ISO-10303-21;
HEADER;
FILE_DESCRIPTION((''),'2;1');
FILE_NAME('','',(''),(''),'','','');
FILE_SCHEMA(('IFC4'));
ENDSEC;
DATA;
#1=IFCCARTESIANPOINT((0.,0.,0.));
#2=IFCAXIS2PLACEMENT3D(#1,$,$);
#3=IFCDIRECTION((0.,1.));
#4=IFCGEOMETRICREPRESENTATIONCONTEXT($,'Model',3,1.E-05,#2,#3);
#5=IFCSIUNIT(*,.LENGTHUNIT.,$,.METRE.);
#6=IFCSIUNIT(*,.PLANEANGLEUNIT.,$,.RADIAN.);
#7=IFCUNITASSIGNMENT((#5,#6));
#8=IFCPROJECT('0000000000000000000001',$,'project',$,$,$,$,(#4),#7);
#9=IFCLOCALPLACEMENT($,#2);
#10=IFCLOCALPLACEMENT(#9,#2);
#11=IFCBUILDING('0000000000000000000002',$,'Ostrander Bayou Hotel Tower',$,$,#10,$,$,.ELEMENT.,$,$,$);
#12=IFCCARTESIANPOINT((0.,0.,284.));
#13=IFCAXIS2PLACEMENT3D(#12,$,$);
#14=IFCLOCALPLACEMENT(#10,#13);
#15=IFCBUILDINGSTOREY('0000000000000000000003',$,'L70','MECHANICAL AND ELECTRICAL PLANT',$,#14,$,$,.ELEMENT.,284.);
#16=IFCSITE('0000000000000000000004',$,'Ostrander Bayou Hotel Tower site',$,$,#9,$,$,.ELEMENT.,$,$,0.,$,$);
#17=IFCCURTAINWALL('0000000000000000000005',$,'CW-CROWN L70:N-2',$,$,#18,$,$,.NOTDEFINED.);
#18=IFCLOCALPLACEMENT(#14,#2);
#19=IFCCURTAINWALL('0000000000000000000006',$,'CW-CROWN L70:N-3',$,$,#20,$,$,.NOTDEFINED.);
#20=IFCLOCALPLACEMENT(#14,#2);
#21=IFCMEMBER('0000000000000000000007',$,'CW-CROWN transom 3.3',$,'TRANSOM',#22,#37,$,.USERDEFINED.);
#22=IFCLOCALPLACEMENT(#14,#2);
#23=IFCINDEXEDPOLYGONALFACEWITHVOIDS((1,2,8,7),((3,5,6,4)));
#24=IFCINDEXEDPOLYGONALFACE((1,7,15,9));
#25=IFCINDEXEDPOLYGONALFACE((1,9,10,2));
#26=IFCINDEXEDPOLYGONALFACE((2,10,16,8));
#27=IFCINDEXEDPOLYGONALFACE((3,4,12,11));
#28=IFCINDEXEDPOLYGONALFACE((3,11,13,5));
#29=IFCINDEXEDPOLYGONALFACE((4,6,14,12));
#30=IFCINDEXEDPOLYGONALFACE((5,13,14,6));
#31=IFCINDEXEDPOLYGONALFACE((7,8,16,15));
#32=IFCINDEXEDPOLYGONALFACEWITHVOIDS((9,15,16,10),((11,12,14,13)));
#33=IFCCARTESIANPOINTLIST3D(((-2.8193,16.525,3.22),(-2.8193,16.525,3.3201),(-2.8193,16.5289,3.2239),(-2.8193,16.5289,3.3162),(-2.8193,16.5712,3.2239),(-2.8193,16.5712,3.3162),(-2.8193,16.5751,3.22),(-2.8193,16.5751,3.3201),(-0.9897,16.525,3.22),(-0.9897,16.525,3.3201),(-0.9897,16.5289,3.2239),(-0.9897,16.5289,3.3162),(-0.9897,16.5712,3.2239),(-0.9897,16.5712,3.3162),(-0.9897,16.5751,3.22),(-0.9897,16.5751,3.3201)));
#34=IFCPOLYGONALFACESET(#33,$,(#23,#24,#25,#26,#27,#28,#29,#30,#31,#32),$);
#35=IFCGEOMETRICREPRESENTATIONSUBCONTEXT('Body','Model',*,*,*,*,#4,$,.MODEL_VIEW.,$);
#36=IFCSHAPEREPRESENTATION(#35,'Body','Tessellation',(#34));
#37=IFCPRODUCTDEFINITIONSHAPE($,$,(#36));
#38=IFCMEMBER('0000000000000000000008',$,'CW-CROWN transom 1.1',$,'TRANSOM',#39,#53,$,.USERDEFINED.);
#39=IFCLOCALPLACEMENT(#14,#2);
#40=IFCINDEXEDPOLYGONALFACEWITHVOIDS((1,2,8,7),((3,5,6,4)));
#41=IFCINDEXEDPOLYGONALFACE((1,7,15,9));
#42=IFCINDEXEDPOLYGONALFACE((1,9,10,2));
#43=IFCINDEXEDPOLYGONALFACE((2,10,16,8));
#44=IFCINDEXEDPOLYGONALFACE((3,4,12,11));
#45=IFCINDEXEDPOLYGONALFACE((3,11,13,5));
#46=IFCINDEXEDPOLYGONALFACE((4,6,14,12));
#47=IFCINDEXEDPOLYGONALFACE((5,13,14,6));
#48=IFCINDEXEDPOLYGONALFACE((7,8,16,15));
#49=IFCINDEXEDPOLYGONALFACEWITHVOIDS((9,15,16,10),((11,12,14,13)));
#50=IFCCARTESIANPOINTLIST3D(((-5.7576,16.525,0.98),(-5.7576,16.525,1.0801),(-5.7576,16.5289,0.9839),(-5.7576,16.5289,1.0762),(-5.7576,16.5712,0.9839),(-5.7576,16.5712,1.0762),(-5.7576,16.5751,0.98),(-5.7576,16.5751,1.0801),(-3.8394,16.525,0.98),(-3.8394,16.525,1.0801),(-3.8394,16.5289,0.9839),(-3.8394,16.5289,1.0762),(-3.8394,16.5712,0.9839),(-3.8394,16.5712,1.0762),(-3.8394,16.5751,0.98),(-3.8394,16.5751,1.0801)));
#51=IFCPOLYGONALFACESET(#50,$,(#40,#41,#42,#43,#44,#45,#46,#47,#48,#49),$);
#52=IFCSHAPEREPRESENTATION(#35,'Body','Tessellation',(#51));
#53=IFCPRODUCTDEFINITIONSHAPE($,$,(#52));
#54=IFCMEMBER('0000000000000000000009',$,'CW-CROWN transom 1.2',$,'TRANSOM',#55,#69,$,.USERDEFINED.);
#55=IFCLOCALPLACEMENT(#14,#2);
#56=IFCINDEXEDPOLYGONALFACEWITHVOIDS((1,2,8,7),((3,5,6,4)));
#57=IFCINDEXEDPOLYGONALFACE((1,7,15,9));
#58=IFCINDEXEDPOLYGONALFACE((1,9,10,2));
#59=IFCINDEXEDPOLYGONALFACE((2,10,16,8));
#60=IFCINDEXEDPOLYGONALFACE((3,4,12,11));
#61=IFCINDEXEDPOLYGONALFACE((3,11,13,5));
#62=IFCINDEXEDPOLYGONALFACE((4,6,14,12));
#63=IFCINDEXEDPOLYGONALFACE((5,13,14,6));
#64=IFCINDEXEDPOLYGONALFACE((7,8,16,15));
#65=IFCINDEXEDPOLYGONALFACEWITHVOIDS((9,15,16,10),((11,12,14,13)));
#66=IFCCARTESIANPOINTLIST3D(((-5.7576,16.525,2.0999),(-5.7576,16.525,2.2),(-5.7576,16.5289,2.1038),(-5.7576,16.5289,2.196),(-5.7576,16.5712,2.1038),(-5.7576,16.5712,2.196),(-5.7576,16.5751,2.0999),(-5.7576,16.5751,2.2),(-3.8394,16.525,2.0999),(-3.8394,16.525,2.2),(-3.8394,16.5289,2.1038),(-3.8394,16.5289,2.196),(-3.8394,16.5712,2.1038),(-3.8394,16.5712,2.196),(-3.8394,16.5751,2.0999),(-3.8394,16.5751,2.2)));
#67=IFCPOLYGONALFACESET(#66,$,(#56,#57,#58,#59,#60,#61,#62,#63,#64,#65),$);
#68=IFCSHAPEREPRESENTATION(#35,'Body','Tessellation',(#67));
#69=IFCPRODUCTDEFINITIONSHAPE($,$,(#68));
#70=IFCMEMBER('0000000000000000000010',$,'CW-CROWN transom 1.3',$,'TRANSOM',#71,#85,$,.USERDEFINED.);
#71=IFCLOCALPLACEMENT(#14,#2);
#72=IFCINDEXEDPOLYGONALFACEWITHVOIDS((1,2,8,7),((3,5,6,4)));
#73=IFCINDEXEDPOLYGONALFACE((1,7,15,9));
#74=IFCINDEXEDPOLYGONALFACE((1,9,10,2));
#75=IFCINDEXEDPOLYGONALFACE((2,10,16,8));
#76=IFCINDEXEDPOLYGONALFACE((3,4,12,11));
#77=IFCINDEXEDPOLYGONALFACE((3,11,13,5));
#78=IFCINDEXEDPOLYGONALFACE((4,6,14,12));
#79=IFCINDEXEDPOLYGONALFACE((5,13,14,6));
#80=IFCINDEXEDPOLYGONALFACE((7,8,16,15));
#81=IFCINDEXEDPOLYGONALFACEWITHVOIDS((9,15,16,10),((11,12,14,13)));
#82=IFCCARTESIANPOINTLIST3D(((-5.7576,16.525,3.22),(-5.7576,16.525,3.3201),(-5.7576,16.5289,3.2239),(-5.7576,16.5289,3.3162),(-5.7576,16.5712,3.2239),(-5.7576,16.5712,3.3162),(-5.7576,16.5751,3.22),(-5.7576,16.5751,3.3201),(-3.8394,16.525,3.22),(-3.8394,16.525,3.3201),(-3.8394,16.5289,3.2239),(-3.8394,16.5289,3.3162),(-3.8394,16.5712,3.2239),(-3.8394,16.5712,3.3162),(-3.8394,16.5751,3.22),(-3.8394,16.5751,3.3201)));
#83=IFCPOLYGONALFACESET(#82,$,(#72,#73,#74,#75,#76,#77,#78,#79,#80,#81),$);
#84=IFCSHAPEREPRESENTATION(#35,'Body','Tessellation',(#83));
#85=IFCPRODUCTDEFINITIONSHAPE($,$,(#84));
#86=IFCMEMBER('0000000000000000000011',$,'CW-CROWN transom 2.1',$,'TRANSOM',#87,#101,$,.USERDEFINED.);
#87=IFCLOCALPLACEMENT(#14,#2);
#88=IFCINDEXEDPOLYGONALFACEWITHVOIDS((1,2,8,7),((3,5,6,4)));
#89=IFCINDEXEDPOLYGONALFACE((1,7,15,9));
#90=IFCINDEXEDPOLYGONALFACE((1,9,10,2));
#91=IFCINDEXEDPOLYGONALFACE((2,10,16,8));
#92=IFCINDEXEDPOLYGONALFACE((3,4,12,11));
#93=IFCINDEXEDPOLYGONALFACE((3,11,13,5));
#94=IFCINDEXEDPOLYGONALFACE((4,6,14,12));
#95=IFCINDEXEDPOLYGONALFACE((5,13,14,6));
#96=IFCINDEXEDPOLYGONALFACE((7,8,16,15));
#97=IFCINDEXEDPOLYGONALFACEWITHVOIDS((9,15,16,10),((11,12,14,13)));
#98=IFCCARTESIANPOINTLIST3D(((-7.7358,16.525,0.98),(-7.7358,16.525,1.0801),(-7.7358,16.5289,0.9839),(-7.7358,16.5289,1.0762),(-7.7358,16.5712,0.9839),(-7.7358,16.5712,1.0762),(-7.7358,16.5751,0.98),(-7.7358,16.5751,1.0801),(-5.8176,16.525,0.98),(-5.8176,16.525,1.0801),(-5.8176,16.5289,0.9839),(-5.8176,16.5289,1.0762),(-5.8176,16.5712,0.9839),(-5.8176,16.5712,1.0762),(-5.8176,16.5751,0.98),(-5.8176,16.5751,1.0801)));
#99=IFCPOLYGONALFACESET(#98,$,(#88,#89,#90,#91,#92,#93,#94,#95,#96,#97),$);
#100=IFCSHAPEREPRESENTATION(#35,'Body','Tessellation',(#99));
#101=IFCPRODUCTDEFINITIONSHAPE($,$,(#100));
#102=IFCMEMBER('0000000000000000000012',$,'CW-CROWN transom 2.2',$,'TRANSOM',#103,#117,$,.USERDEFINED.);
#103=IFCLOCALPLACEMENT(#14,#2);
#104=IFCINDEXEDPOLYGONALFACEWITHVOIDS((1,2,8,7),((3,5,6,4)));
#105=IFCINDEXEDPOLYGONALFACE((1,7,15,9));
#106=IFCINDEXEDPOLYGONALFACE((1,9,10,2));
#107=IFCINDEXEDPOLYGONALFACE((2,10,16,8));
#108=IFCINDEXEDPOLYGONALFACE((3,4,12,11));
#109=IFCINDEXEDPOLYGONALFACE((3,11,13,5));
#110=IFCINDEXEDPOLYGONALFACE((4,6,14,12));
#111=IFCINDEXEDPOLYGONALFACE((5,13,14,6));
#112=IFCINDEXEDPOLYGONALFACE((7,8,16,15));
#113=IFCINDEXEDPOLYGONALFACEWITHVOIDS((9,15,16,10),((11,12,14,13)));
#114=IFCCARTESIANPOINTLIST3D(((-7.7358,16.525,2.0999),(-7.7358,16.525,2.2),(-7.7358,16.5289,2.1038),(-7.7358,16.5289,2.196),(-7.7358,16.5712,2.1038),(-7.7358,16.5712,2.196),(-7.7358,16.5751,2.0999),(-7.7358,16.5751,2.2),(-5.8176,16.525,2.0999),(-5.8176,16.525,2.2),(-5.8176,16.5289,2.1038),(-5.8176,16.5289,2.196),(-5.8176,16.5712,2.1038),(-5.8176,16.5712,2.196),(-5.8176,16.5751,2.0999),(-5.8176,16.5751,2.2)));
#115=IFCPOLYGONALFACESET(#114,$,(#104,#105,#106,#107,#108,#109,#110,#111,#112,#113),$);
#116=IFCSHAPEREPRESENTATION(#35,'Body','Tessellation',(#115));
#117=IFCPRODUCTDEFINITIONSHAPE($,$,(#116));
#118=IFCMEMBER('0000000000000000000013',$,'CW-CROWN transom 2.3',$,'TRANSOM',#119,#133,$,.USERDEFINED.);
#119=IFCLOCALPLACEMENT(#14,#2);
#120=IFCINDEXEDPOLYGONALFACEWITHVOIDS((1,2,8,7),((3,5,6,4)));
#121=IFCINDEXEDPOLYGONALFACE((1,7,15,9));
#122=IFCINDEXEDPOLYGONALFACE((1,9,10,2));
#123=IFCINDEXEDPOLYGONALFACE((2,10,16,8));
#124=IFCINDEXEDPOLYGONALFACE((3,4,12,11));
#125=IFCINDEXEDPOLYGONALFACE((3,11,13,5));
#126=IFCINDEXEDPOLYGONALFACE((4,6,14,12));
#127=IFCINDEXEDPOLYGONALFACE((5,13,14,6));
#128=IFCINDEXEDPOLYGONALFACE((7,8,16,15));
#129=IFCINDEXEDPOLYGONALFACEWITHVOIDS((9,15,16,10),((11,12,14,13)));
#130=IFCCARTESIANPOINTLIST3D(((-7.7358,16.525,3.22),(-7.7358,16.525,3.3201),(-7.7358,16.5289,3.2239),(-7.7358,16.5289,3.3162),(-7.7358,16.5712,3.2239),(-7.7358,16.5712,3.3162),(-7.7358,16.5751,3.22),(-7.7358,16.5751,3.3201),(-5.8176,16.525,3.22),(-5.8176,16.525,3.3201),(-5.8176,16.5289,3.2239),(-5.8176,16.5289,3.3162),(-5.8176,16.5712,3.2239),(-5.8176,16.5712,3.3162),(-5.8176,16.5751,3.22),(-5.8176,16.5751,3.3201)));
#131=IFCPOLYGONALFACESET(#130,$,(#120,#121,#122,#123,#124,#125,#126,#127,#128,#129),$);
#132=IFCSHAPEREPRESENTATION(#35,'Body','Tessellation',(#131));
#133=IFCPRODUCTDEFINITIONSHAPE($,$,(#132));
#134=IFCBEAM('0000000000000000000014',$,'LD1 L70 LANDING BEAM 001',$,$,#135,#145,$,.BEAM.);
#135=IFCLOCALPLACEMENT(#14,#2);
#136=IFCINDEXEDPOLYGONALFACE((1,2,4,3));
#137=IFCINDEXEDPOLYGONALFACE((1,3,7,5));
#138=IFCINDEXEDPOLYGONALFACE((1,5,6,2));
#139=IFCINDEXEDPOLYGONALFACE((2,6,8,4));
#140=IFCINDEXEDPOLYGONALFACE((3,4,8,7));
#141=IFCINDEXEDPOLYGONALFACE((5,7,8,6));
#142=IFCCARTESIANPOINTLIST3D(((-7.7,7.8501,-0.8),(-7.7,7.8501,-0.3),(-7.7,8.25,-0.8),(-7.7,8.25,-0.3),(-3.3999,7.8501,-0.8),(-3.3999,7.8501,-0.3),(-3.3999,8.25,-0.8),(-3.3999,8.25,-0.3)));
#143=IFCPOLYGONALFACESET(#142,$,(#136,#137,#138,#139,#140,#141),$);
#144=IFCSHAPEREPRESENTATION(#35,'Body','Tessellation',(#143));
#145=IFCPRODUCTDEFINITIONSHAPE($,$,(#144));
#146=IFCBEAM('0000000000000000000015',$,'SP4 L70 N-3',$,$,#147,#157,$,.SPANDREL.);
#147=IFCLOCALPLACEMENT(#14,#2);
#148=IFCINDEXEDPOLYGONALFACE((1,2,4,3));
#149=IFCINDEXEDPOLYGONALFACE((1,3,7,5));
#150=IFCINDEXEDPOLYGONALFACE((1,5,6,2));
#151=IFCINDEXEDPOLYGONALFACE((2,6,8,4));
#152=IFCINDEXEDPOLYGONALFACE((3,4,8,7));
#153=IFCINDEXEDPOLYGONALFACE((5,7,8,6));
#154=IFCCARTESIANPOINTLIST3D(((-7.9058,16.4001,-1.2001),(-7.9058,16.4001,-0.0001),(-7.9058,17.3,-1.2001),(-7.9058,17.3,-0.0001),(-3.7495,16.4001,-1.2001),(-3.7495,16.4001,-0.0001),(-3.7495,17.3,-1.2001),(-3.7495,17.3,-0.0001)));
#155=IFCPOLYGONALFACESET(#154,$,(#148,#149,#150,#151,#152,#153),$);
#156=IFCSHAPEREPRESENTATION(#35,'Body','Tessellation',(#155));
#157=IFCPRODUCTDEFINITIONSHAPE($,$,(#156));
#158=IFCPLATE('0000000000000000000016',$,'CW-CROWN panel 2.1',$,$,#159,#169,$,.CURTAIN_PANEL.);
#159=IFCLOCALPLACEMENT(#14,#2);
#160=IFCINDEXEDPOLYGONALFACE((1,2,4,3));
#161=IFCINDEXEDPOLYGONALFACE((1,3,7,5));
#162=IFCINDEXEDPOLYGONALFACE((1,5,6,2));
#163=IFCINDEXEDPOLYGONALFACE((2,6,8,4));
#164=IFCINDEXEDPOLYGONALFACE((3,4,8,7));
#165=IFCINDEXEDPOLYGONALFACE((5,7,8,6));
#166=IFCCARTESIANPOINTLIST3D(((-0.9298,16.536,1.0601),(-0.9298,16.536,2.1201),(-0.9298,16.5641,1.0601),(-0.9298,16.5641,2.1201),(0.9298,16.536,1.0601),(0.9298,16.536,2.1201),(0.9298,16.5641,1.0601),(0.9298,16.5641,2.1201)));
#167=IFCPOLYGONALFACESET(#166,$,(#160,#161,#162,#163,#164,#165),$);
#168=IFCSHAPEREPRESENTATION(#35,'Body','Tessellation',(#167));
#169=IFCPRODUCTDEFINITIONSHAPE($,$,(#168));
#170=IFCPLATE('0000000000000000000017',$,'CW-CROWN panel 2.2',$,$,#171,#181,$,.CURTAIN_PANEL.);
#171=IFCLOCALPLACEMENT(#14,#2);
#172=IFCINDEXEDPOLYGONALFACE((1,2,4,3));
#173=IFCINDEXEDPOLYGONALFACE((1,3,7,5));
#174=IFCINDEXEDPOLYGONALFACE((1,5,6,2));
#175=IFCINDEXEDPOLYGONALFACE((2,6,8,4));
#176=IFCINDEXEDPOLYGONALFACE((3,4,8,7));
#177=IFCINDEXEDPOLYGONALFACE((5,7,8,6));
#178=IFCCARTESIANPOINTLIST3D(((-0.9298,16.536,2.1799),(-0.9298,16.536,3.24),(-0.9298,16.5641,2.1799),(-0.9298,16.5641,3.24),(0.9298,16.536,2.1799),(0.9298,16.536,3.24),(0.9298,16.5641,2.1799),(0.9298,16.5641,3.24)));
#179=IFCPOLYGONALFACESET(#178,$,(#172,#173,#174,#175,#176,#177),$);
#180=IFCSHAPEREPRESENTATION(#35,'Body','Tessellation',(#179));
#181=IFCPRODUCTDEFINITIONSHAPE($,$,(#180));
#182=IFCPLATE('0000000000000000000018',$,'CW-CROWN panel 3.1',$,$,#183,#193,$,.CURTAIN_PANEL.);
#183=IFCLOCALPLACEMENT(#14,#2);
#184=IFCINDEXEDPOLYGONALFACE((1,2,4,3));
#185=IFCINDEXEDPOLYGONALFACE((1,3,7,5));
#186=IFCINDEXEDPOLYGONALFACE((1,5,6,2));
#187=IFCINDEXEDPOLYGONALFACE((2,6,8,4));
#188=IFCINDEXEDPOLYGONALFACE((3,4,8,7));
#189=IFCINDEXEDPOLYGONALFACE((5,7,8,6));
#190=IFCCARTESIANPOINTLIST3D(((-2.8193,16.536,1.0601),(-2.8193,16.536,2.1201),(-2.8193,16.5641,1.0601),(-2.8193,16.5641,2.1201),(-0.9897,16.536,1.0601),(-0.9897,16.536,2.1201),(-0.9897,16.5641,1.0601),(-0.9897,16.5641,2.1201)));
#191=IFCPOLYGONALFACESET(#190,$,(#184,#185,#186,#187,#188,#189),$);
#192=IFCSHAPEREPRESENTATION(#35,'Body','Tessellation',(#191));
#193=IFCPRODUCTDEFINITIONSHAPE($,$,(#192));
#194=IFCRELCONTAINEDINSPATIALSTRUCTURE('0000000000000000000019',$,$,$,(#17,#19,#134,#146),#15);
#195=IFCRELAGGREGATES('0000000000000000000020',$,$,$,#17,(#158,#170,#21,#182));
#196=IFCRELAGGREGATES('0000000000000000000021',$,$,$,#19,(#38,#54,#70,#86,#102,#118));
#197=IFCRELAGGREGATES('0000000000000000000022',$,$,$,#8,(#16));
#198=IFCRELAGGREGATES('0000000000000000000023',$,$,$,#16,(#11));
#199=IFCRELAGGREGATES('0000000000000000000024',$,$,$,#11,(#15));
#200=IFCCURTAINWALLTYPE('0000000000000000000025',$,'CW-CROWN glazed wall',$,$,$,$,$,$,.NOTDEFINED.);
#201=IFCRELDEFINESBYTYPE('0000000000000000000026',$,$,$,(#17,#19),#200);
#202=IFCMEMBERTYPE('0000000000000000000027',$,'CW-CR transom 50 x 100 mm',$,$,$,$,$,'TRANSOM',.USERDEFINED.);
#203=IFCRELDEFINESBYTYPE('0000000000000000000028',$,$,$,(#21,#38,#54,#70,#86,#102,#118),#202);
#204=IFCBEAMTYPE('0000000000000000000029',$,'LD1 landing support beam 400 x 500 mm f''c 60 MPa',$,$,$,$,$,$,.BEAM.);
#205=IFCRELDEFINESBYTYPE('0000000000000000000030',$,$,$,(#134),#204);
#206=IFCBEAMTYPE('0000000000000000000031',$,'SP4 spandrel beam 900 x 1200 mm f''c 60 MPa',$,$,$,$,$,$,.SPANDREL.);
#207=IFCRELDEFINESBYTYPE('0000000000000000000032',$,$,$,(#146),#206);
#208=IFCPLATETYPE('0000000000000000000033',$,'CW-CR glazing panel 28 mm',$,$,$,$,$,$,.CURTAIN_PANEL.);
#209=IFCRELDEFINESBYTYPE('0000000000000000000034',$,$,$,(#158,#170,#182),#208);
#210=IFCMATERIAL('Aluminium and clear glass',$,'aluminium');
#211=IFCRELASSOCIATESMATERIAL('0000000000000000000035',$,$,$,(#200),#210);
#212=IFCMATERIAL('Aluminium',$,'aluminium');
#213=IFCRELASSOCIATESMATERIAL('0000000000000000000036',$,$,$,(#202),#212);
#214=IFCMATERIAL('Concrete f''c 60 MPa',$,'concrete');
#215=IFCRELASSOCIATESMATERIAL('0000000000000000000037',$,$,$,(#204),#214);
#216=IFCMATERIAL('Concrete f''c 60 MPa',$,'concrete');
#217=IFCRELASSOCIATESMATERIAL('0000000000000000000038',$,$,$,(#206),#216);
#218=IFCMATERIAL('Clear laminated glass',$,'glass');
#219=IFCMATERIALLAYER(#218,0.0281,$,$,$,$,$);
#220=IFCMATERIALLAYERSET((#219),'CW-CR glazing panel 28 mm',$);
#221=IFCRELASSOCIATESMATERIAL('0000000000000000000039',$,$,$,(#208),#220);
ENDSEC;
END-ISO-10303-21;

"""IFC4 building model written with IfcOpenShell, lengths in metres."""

from ifc_helpers import new_model, si_unit, direction, frame, origin, origin_2d, place, context, subcontext, project, spatial, rectangle, hollow_rectangle, extrude, material, layer, layer_set, material_profile, profile_set, type_object, element, aggregate, save


model = new_model("IFC4")

# Units and contexts
model_context = context("Model", 3, precision=1e-05, world=origin(), true_north=direction((0.0, 1.0)))
body_context = subcontext(model_context, "Body", "Model", "MODEL_VIEW")
ifc_project = project(units=[si_unit("LENGTHUNIT", "METRE"), si_unit("PLANEANGLEUNIT", "RADIAN")], contexts=[model_context])

# Site, building, storey
site_placement = place(None, origin())
site = spatial("IfcSite", under=ifc_project, at=site_placement, Name="Ostrander Bayou Hotel Tower site", CompositionType="ELEMENT", RefElevation=0.0)
building_placement = place(site_placement, origin())
building = spatial("IfcBuilding", under=site, at=building_placement, Name="Ostrander Bayou Hotel Tower", CompositionType="ELEMENT")
storey_placement = place(building_placement, frame((0.0, 0.0, 284.0)))
storey = spatial("IfcBuildingStorey", under=building, at=storey_placement, Name="L70", Description="MECHANICAL AND ELECTRICAL PLANT", CompositionType="ELEMENT", Elevation=284.0)

# Curtain walls
ifc_material_1 = material(Name="Aluminium and clear glass", Category="aluminium")
curtain_wall_type = type_object("IfcCurtainWallType", Name="CW-CROWN glazed wall", PredefinedType="NOTDEFINED", material=ifc_material_1)
curtain_wall_1_placement = place(storey_placement, origin())
curtain_wall_1 = element("IfcCurtainWall", 1, at=curtain_wall_1_placement, inside=storey, type_object=curtain_wall_type, Name="CW-CROWN L70:N-2", PredefinedType="NOTDEFINED")
curtain_wall_2_placement = place(storey_placement, origin())
curtain_wall_2 = element("IfcCurtainWall", 2, at=curtain_wall_2_placement, inside=storey, type_object=curtain_wall_type, Name="CW-CROWN L70:N-3", PredefinedType="NOTDEFINED")

# Members
ifc_material_2 = material(Name="Aluminium", Category="aluminium")
ifc_material_profile_1 = material_profile(ifc_material_2, hollow_rectangle(XDim=0.05, YDim=0.1001, WallThickness=0.0039, at=origin_2d()))
ifc_profile_set_1 = profile_set([ifc_material_profile_1], Name="Aluminium")
member_type_1 = type_object("IfcMemberType", Name="CW-CR transom 50 x 100 mm", ElementType="TRANSOM", PredefinedType="USERDEFINED", material=ifc_profile_set_1)
member_1_placement = place(storey_placement, frame((-0.9897, 16.55, 3.27), z_axis=(-1.0, 0.0, 0.0), x_axis=(0.0, -1.0, 0.0)))
member_1 = element("IfcMember", 3, at=member_1_placement, type_object=member_type_1, Name="CW-CROWN transom 3.3", ObjectType="TRANSOM", PredefinedType="USERDEFINED", context=body_context, shape_type="SweptSolid", body=[
    extrude(hollow_rectangle(XDim=0.05, YDim=0.1001, WallThickness=0.0039, at=origin_2d()), origin(), (0.0, 0.0, 1.0), 1.8296),
])
member_2_placement = place(storey_placement, frame((-3.8394, 16.55, 1.03), z_axis=(-1.0, 0.0, 0.0), x_axis=(0.0, -1.0, 0.0)))
member_2 = element("IfcMember", 4, at=member_2_placement, type_object=member_type_1, Name="CW-CROWN transom 1.1", ObjectType="TRANSOM", PredefinedType="USERDEFINED", context=body_context, shape_type="SweptSolid", body=[
    extrude(hollow_rectangle(XDim=0.05, YDim=0.1001, WallThickness=0.0039, at=origin_2d()), origin(), (0.0, 0.0, 1.0), 1.9182),
])
member_3_placement = place(storey_placement, frame((-3.8394, 16.55, 2.1499), z_axis=(-1.0, 0.0, 0.0), x_axis=(0.0, -1.0, 0.0)))
member_3 = element("IfcMember", 5, at=member_3_placement, type_object=member_type_1, Name="CW-CROWN transom 1.2", ObjectType="TRANSOM", PredefinedType="USERDEFINED", context=body_context, shape_type="SweptSolid", body=[
    extrude(hollow_rectangle(XDim=0.05, YDim=0.1001, WallThickness=0.0039, at=origin_2d()), origin(), (0.0, 0.0, 1.0), 1.9182),
])
member_4_placement = place(storey_placement, frame((-3.8394, 16.55, 3.27), z_axis=(-1.0, 0.0, 0.0), x_axis=(0.0, -1.0, 0.0)))
member_4 = element("IfcMember", 6, at=member_4_placement, type_object=member_type_1, Name="CW-CROWN transom 1.3", ObjectType="TRANSOM", PredefinedType="USERDEFINED", context=body_context, shape_type="SweptSolid", body=[
    extrude(hollow_rectangle(XDim=0.05, YDim=0.1001, WallThickness=0.0039, at=origin_2d()), origin(), (0.0, 0.0, 1.0), 1.9182),
])
member_5_placement = place(storey_placement, frame((-5.8176, 16.55, 1.03), z_axis=(-1.0, 0.0, 0.0), x_axis=(0.0, -1.0, 0.0)))
member_5 = element("IfcMember", 7, at=member_5_placement, type_object=member_type_1, Name="CW-CROWN transom 2.1", ObjectType="TRANSOM", PredefinedType="USERDEFINED", context=body_context, shape_type="SweptSolid", body=[
    extrude(hollow_rectangle(XDim=0.05, YDim=0.1001, WallThickness=0.0039, at=origin_2d()), origin(), (0.0, 0.0, 1.0), 1.9182),
])
member_6_placement = place(storey_placement, frame((-5.8176, 16.55, 2.1499), z_axis=(-1.0, 0.0, 0.0), x_axis=(0.0, -1.0, 0.0)))
member_6 = element("IfcMember", 8, at=member_6_placement, type_object=member_type_1, Name="CW-CROWN transom 2.2", ObjectType="TRANSOM", PredefinedType="USERDEFINED", context=body_context, shape_type="SweptSolid", body=[
    extrude(hollow_rectangle(XDim=0.05, YDim=0.1001, WallThickness=0.0039, at=origin_2d()), origin(), (0.0, 0.0, 1.0), 1.9182),
])
member_7_placement = place(storey_placement, frame((-5.8176, 16.55, 3.27), z_axis=(-1.0, 0.0, 0.0), x_axis=(0.0, -1.0, 0.0)))
member_7 = element("IfcMember", 9, at=member_7_placement, type_object=member_type_1, Name="CW-CROWN transom 2.3", ObjectType="TRANSOM", PredefinedType="USERDEFINED", context=body_context, shape_type="SweptSolid", body=[
    extrude(hollow_rectangle(XDim=0.05, YDim=0.1001, WallThickness=0.0039, at=origin_2d()), origin(), (0.0, 0.0, 1.0), 1.9182),
])

# Beams
ifc_material_3 = material(Name="Concrete f'c 60 MPa", Category="concrete")
ifc_material_profile_2 = material_profile(ifc_material_3, rectangle(XDim=0.3999, YDim=0.5, at=origin_2d()))
ifc_profile_set_2 = profile_set([ifc_material_profile_2], Name="Concrete f'c 60 MPa")
beam_type_1 = type_object("IfcBeamType", Name="LD1 landing support beam 400 x 500 mm f'c 60 MPa", PredefinedType="BEAM", material=ifc_profile_set_2)
beam_1_placement = place(storey_placement, frame((-7.7, 8.05, -0.55), z_axis=(1.0, 0.0, 0.0), x_axis=(0.0, 1.0, 0.0)))
element("IfcBeam", 10, at=beam_1_placement, inside=storey, type_object=beam_type_1, Name="LD1 L70 LANDING BEAM 001", PredefinedType="BEAM", context=body_context, shape_type="SweptSolid", body=[
    extrude(rectangle(XDim=0.3999, YDim=0.5, at=origin_2d()), origin(), (0.0, 0.0, 1.0), 4.3),
])
ifc_material_4 = material(Name="Concrete f'c 60 MPa", Category="concrete")
ifc_material_profile_3 = material_profile(ifc_material_4, rectangle(XDim=0.8999, YDim=1.2, at=origin_2d()))
ifc_profile_set_3 = profile_set([ifc_material_profile_3], Name="Concrete f'c 60 MPa")
beam_type_2 = type_object("IfcBeamType", Name="SP4 spandrel beam 900 x 1200 mm f'c 60 MPa", PredefinedType="SPANDREL", material=ifc_profile_set_3)
beam_2_placement = place(storey_placement, frame((-3.7495, 16.8501, -0.6001), z_axis=(-1.0, 0.0, 0.0), x_axis=(0.0, -1.0, 0.0)))
element("IfcBeam", 11, at=beam_2_placement, inside=storey, type_object=beam_type_2, Name="SP4 L70 N-3", PredefinedType="SPANDREL", context=body_context, shape_type="SweptSolid", body=[
    extrude(rectangle(XDim=0.8999, YDim=1.2, at=origin_2d()), origin(), (0.0, 0.0, 1.0), 4.1562),
])

# Plates
ifc_material_5 = material(Name="Clear laminated glass", Category="glass")
ifc_layer_1 = layer(ifc_material_5, 0.0281)
ifc_layer_set_1 = layer_set([ifc_layer_1], Name="CW-CR glazing panel 28 mm")
plate_type = type_object("IfcPlateType", Name="CW-CR glazing panel 28 mm", PredefinedType="CURTAIN_PANEL", material=ifc_layer_set_1)
plate_1_placement = place(storey_placement, frame((0.0, 16.55, 1.0601), z_axis=(0.0, 0.0, 1.0), x_axis=(-1.0, 0.0, 0.0)))
plate_1 = element("IfcPlate", 12, at=plate_1_placement, type_object=plate_type, Name="CW-CROWN panel 2.1", PredefinedType="CURTAIN_PANEL", context=body_context, shape_type="SweptSolid", body=[
    extrude(rectangle(XDim=1.8596, YDim=0.0281, at=origin_2d()), origin(), (0.0, 0.0, 1.0), 1.0601),
])
plate_2_placement = place(storey_placement, frame((0.0, 16.55, 2.1799), z_axis=(0.0, 0.0, 1.0), x_axis=(-1.0, 0.0, 0.0)))
plate_2 = element("IfcPlate", 13, at=plate_2_placement, type_object=plate_type, Name="CW-CROWN panel 2.2", PredefinedType="CURTAIN_PANEL", context=body_context, shape_type="SweptSolid", body=[
    extrude(rectangle(XDim=1.8596, YDim=0.0281, at=origin_2d()), origin(), (0.0, 0.0, 1.0), 1.0601),
])
plate_3_placement = place(storey_placement, frame((-1.9045, 16.55, 1.0601), z_axis=(0.0, 0.0, 1.0), x_axis=(-1.0, 0.0, 0.0)))
plate_3 = element("IfcPlate", 14, at=plate_3_placement, type_object=plate_type, Name="CW-CROWN panel 3.1", PredefinedType="CURTAIN_PANEL", context=body_context, shape_type="SweptSolid", body=[
    extrude(rectangle(XDim=1.8296, YDim=0.0281, at=origin_2d()), origin(), (0.0, 0.0, 1.0), 1.0601),
])
aggregate(curtain_wall_1, [plate_1, plate_2, member_1, plate_3])
aggregate(curtain_wall_2, [member_2, member_3, member_4, member_5, member_6, member_7])

save(model, "model.ifc")
